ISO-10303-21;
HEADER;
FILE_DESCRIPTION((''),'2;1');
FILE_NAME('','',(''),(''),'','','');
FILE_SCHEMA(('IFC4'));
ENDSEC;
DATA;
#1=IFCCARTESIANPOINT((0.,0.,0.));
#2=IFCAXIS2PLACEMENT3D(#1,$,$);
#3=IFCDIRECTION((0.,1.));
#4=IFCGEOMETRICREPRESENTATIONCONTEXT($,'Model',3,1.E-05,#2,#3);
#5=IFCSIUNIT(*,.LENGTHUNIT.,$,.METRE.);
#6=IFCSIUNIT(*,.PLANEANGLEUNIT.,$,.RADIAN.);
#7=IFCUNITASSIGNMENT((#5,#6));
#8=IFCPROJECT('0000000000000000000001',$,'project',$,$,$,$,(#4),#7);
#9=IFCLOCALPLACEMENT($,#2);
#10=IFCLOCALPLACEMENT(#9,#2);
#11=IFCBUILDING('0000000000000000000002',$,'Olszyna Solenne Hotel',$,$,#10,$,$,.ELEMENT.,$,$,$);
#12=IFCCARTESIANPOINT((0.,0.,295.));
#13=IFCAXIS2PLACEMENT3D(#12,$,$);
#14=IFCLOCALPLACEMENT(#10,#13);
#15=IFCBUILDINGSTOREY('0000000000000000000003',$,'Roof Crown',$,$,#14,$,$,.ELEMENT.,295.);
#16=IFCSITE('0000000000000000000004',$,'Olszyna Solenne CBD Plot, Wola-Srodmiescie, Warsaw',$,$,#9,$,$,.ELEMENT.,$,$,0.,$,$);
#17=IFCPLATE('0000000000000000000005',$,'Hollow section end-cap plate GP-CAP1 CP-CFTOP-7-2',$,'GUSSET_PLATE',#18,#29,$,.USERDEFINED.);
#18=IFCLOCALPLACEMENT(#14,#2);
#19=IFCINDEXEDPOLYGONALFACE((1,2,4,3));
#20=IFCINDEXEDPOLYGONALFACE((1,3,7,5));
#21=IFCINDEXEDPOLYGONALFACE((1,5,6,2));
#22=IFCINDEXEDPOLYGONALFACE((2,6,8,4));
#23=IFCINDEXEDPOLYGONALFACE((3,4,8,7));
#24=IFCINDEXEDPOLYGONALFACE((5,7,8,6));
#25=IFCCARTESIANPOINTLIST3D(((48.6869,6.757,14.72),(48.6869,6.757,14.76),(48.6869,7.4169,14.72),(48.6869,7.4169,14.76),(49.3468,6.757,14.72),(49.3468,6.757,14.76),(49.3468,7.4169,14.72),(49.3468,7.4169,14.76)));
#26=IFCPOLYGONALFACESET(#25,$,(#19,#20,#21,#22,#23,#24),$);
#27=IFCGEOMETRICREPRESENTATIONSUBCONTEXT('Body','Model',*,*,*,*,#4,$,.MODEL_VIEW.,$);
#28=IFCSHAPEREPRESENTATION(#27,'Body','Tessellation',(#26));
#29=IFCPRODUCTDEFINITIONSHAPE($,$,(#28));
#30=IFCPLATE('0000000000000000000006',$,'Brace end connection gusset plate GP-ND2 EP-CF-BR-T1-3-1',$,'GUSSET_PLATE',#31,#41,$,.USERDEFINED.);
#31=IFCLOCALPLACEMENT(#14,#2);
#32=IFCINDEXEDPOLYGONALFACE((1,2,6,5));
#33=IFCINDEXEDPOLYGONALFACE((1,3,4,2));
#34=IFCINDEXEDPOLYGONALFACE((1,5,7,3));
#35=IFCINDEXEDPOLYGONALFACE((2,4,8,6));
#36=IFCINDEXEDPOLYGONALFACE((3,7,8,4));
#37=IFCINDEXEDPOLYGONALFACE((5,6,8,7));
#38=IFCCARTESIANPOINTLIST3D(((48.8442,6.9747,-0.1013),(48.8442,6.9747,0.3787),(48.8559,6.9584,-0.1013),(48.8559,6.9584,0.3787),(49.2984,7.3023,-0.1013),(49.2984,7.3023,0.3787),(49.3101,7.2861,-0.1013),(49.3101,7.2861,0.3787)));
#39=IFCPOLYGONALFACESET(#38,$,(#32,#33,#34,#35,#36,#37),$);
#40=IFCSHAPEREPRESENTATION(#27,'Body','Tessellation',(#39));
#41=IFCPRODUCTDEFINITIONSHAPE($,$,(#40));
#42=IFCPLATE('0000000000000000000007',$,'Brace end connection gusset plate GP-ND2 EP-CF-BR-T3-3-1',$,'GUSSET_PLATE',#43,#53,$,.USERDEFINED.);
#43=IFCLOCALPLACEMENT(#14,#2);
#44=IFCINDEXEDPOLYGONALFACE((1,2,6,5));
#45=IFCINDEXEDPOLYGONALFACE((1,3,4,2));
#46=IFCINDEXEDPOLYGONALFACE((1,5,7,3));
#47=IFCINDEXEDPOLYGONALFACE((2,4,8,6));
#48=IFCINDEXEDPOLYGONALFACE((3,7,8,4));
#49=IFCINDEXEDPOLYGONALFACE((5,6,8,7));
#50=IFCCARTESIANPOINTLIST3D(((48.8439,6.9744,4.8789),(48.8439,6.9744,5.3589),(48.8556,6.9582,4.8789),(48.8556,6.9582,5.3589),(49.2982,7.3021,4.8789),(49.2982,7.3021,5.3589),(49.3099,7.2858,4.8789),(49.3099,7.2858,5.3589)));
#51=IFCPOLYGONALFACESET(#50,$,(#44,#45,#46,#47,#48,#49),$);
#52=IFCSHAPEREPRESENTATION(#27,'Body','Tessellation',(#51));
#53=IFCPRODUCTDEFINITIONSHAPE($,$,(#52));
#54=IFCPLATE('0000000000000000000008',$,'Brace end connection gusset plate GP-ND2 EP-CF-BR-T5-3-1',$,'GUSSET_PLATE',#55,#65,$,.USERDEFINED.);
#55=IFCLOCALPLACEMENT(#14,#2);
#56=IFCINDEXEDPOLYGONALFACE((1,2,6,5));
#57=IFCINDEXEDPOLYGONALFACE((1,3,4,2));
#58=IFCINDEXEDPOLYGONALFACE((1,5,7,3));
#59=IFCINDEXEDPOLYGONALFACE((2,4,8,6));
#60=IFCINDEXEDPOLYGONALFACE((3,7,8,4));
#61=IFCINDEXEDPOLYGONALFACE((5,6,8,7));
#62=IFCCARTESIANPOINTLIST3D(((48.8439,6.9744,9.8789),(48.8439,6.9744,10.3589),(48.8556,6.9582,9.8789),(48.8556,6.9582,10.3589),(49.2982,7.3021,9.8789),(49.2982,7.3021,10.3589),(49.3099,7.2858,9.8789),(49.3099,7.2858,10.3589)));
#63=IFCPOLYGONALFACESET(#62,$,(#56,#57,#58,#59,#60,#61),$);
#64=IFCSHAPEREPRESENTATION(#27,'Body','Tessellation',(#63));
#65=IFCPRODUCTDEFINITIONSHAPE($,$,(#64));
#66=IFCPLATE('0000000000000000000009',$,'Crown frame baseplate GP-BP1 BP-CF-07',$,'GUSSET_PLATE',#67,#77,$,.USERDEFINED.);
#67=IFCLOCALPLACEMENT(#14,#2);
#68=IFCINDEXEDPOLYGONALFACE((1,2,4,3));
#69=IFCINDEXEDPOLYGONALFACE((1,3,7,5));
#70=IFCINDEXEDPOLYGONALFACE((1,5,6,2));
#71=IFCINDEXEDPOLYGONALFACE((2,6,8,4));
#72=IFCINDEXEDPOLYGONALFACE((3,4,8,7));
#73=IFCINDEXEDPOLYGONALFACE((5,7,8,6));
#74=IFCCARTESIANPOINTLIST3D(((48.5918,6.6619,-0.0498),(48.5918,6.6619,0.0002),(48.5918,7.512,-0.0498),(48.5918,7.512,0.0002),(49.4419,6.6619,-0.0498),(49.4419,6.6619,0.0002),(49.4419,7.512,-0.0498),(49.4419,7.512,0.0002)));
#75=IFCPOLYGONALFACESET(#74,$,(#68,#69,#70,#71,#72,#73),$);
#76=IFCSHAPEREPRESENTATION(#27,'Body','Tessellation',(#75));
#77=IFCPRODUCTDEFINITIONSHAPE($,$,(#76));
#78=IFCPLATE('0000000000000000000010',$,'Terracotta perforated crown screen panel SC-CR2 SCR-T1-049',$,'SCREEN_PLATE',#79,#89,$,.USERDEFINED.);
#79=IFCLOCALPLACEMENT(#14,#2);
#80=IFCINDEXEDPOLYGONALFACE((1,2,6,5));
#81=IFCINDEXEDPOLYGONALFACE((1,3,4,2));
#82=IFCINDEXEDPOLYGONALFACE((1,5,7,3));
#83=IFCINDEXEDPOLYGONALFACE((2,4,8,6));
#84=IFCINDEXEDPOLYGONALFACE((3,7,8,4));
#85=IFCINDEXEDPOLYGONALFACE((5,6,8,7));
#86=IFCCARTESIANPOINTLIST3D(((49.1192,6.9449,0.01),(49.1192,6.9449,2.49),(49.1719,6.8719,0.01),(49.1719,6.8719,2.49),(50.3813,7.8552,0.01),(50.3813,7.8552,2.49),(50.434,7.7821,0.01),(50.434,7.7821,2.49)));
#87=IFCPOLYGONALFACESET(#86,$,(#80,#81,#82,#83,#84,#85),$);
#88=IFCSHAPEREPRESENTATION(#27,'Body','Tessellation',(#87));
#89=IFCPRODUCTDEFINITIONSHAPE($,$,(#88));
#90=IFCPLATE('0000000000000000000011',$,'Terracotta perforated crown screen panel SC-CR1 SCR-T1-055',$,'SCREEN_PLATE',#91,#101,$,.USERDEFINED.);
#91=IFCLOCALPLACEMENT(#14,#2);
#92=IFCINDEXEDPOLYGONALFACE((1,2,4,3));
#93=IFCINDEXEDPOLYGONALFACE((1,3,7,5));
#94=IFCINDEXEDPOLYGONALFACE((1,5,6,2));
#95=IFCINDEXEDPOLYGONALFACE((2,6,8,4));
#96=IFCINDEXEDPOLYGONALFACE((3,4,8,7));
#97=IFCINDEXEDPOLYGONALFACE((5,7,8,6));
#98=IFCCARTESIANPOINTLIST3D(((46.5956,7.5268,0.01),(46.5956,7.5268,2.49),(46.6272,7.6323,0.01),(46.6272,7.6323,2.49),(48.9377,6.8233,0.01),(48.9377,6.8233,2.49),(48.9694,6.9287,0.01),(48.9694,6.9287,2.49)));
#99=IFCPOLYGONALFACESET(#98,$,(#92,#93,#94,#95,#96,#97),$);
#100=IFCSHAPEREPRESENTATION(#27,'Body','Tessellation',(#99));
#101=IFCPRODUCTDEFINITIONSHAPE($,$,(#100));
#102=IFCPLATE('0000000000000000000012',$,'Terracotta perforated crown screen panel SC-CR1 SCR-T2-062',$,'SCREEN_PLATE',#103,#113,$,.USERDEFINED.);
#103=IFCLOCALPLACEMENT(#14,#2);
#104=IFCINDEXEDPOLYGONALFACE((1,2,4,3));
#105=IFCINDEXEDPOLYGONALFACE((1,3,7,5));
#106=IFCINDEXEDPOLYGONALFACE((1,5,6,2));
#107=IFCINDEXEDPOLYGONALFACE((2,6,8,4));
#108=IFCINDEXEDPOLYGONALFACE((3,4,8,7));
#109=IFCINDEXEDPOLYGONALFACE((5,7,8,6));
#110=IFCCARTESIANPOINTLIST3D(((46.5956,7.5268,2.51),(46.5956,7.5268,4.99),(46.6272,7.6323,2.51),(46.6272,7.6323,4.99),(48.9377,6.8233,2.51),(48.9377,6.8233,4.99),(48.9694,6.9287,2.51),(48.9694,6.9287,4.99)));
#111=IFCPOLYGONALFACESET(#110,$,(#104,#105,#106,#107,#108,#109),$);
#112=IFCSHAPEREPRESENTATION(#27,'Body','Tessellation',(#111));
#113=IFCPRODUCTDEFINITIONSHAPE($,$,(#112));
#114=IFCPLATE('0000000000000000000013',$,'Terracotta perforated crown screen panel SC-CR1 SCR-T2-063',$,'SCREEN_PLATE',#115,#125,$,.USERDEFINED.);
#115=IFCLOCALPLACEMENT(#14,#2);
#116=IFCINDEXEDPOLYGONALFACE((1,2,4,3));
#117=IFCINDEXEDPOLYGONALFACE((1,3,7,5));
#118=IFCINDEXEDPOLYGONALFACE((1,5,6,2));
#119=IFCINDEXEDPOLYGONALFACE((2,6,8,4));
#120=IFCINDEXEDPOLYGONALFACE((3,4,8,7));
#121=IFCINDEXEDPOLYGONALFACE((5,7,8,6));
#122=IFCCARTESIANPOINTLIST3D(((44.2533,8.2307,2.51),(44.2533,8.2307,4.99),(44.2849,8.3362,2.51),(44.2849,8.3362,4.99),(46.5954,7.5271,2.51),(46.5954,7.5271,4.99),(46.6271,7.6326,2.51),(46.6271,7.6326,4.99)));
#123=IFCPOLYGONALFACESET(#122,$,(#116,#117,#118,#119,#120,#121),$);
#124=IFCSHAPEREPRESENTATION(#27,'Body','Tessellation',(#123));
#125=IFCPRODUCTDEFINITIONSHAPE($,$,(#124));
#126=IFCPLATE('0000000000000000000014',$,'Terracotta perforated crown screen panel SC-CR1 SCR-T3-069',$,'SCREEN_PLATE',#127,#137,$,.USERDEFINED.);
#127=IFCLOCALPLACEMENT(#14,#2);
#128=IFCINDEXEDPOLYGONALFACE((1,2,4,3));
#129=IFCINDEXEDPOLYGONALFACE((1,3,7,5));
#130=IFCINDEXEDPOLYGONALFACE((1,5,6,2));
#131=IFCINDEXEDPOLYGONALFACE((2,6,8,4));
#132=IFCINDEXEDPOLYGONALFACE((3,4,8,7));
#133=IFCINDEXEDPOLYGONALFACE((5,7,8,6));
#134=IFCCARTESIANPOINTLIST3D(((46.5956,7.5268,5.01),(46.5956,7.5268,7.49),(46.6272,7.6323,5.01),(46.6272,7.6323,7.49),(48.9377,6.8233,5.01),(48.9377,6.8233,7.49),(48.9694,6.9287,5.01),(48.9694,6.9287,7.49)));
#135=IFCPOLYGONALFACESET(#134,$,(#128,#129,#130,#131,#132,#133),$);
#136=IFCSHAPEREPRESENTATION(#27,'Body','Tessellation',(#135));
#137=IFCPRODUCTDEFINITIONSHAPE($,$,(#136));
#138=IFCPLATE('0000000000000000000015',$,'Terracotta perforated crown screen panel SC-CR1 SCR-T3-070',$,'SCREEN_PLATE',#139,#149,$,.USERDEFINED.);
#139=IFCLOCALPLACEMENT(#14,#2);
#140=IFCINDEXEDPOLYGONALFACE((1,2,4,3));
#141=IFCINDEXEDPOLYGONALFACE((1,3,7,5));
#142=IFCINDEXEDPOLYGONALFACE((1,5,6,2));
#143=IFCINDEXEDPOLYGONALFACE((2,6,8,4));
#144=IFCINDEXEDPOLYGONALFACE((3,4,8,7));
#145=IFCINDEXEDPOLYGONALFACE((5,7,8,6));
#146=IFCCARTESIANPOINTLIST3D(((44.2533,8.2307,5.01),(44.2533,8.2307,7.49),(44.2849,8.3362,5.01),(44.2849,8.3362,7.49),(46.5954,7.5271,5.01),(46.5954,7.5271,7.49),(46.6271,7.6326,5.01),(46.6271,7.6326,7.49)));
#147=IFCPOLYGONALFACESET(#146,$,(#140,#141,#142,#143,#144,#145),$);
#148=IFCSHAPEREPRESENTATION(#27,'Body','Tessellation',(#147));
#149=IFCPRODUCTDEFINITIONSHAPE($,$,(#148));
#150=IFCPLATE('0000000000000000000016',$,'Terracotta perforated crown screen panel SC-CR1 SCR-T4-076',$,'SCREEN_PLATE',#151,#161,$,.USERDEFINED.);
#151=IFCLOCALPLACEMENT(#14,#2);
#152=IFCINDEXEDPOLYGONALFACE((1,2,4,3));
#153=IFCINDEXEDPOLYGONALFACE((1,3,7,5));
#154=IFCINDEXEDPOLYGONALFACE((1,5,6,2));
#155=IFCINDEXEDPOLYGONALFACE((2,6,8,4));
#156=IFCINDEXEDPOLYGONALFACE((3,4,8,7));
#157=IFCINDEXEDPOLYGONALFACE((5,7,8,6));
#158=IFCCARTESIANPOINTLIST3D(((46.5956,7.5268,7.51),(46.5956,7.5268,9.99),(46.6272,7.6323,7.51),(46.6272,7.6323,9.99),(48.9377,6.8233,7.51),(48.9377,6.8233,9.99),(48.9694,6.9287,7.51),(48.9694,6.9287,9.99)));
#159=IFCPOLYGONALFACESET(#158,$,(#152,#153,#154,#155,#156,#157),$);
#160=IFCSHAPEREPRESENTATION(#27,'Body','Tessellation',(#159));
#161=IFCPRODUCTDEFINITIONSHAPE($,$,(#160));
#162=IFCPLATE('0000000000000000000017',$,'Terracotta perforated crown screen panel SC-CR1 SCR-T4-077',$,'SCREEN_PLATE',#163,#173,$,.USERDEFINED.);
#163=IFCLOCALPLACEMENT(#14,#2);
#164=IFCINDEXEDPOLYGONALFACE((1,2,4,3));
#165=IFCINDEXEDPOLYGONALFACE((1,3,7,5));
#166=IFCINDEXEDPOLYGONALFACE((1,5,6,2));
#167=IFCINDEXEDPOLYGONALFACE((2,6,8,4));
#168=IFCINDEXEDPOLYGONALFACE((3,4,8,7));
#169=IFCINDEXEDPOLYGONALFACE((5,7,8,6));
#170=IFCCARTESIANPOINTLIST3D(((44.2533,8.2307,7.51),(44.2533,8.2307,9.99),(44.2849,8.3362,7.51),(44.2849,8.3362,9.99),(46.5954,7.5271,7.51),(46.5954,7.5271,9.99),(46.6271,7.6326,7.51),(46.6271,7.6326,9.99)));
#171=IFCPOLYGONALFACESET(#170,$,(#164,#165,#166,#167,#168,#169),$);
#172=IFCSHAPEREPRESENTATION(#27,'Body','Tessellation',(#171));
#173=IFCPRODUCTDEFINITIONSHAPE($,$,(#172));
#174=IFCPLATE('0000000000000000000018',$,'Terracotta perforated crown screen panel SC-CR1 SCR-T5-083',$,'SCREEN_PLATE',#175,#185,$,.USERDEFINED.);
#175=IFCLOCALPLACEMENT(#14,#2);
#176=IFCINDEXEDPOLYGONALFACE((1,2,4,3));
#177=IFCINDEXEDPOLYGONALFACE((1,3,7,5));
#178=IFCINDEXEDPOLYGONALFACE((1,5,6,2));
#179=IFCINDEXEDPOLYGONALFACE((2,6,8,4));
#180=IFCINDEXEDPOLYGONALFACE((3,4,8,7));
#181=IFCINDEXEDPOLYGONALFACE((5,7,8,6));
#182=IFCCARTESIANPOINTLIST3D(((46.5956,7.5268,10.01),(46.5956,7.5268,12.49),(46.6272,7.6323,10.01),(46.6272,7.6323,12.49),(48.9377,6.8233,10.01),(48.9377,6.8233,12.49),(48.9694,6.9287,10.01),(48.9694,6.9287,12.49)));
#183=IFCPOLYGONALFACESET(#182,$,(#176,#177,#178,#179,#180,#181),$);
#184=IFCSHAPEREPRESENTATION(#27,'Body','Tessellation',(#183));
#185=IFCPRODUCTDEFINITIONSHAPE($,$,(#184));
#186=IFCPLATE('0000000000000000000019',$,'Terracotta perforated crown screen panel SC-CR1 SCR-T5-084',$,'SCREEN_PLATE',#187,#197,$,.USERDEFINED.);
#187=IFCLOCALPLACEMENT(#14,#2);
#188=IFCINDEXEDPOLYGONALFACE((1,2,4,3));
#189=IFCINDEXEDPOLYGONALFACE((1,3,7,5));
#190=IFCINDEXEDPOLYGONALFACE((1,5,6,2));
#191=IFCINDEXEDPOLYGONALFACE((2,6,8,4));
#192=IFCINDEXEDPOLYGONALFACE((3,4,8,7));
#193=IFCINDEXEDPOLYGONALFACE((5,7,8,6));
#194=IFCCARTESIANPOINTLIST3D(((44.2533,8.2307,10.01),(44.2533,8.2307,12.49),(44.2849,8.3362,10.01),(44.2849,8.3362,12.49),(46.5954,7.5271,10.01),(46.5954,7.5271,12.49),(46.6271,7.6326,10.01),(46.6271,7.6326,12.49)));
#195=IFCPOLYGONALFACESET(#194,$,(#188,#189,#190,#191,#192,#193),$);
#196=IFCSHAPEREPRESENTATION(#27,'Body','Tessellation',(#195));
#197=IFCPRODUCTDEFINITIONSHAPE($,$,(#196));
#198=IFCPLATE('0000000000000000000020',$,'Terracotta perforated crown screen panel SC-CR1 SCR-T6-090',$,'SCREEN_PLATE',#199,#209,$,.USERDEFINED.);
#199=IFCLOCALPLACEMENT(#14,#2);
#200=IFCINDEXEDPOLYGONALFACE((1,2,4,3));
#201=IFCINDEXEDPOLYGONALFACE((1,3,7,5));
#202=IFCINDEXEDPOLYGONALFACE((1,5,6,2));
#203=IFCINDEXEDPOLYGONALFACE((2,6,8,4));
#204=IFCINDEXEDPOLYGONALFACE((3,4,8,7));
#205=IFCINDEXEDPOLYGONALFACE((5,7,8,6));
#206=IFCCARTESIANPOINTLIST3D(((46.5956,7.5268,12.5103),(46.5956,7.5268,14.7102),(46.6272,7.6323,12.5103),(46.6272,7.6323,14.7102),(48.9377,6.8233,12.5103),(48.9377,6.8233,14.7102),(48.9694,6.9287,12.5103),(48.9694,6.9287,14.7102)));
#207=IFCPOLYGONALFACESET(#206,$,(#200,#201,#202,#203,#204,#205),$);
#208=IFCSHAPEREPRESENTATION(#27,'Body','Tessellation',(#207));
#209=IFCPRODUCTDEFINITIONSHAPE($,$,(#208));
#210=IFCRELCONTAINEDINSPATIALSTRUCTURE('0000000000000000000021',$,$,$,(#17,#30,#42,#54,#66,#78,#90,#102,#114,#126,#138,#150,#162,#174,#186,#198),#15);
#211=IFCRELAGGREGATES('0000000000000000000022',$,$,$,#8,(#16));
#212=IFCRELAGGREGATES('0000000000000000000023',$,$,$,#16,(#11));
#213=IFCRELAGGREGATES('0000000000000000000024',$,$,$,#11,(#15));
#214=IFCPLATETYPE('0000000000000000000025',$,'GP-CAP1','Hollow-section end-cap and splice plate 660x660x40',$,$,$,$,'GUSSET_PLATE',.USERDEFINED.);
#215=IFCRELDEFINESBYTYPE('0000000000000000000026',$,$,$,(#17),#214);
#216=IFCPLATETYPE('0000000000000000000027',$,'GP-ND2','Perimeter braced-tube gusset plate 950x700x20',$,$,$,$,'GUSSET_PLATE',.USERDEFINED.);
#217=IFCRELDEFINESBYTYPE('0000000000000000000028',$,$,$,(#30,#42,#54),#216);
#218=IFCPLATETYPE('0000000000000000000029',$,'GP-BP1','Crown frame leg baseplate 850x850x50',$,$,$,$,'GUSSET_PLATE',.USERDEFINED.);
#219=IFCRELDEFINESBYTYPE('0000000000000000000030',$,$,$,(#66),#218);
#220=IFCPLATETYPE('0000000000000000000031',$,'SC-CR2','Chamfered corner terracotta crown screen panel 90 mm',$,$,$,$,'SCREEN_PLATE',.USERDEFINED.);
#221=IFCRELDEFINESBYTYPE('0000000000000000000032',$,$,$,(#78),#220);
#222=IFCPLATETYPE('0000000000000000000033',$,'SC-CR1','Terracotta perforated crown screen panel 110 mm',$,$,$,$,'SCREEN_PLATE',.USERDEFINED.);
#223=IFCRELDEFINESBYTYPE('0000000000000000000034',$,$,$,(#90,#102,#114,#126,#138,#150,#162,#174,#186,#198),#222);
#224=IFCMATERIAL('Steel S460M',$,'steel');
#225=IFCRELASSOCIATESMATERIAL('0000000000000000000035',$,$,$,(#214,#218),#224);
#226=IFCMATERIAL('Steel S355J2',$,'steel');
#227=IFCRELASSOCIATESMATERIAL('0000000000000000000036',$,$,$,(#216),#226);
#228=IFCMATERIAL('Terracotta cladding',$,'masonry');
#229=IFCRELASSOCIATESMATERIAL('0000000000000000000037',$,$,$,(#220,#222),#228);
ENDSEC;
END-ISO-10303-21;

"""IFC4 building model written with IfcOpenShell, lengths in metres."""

from ifc_helpers import new_model, si_unit, direction, frame, origin, origin_2d, place, context, subcontext, project, spatial, rectangle, extrude, source, transform, mapped, material, type_object, element, save


model = new_model("IFC4")

# Units and contexts
model_context = context("Model", 3, precision=1e-05, world=origin(), true_north=direction((0.0, 1.0)))
body_context = subcontext(model_context, "Body", "Model", "MODEL_VIEW")
ifc_project = project(units=[si_unit("LENGTHUNIT", "METRE"), si_unit("PLANEANGLEUNIT", "RADIAN")], contexts=[model_context])

# Site, building, storey
site_placement = place(None, origin())
site = spatial("IfcSite", under=ifc_project, at=site_placement, Name="Olszyna Solenne CBD Plot, Wola-Srodmiescie, Warsaw", CompositionType="ELEMENT", RefElevation=0.0)
building_placement = place(site_placement, origin())
building = spatial("IfcBuilding", under=site, at=building_placement, Name="Olszyna Solenne Hotel", CompositionType="ELEMENT")
storey_placement = place(building_placement, frame((0.0, 0.0, 295.0)))
storey = spatial("IfcBuildingStorey", under=building, at=storey_placement, Name="Roof Crown", CompositionType="ELEMENT", Elevation=295.0)

# Shared definitions
ifc_material_1 = material(Name="Steel S460M", Category="steel")

# Shared definitions
ifc_material_2 = material(Name="Steel S355J2", Category="steel")

# Plates
plate_type_1 = type_object("IfcPlateType", Name="GP-CAP1", Description="Hollow-section end-cap and splice plate 660x660x40", ElementType="GUSSET_PLATE", PredefinedType="USERDEFINED", material=ifc_material_1)
shared_shape_1 = source(origin(), body_context, "Body", "SweptSolid", [
    extrude(rectangle(XDim=0.6599, YDim=0.6599, at=origin_2d()), origin(), (0.0, 0.0, 1.0), 0.04),
])
plate_1_placement = place(storey_placement, frame((49.0168, 7.0869, 14.72), z_axis=(0.0, 0.0, 1.0), x_axis=(1.0, 0.0, 0.0)))
element("IfcPlate", 1, at=plate_1_placement, inside=storey, type_object=plate_type_1, Name="Hollow section end-cap plate GP-CAP1 CP-CFTOP-7-2", ObjectType="GUSSET_PLATE", PredefinedType="USERDEFINED", context=body_context, shape_type="MappedRepresentation", body=[
    mapped(shared_shape_1, transform((0.0, 0.0, 0.0), x_axis=(1.0, 0.0, 0.0), y_axis=(0.0, 1.0, 0.0), z_axis=(0.0, 0.0, 1.0), scale=1.0)),
])
plate_type_2 = type_object("IfcPlateType", Name="GP-ND2", Description="Perimeter braced-tube gusset plate 950x700x20", ElementType="GUSSET_PLATE", PredefinedType="USERDEFINED", material=ifc_material_2)
shared_shape_2 = source(origin(), body_context, "Body", "SweptSolid", [
    extrude(rectangle(XDim=0.5601, YDim=0.02, at=origin_2d()), origin(), (0.0, 0.0, 1.0), 0.48),
])
for number, where, z_axis, x_axis, name in (
    (2, (49.0771, 7.1304, -0.1013), (0.0, 0.0, 1.0), (0.811064, 0.584958, 0.0), "Brace end connection gusset plate GP-ND2 EP-CF-BR-T1-3-1"),
    (3, (49.0769, 7.1301, 4.8789), (0.0, 0.0, 1.0), (0.811064, 0.584958, 0.0), "Brace end connection gusset plate GP-ND2 EP-CF-BR-T3-3-1"),
    (4, (49.0769, 7.1301, 9.8789), (0.0, 0.0, 1.0), (0.811064, 0.584958, 0.0), "Brace end connection gusset plate GP-ND2 EP-CF-BR-T5-3-1"),
):
    element("IfcPlate", number, at=place(storey_placement, frame(where, z_axis=z_axis, x_axis=x_axis)), inside=storey, type_object=plate_type_2, Name=name, ObjectType="GUSSET_PLATE", PredefinedType="USERDEFINED", context=body_context, shape_type="MappedRepresentation", body=[
        mapped(shared_shape_2, transform((0.0, 0.0, 0.0), x_axis=(1.0, 0.0, 0.0), y_axis=(0.0, 1.0, 0.0), z_axis=(0.0, 0.0, 1.0), scale=1.0)),
    ])
plate_type_3 = type_object("IfcPlateType", Name="GP-BP1", Description="Crown frame leg baseplate 850x850x50", ElementType="GUSSET_PLATE", PredefinedType="USERDEFINED", material=ifc_material_1)
shared_shape_3 = source(origin(), body_context, "Body", "SweptSolid", [
    extrude(rectangle(XDim=0.8501, YDim=0.8501, at=origin_2d()), origin(), (0.0, 0.0, 1.0), 0.05),
])
plate_2_placement = place(storey_placement, frame((49.0168, 7.0869, -0.0498), z_axis=(0.0, 0.0, 1.0), x_axis=(1.0, 0.0, 0.0)))
element("IfcPlate", 5, at=plate_2_placement, inside=storey, type_object=plate_type_3, Name="Crown frame baseplate GP-BP1 BP-CF-07", ObjectType="GUSSET_PLATE", PredefinedType="USERDEFINED", context=body_context, shape_type="MappedRepresentation", body=[
    mapped(shared_shape_3, transform((0.0, 0.0, 0.0), x_axis=(1.0, 0.0, 0.0), y_axis=(0.0, 1.0, 0.0), z_axis=(0.0, 0.0, 1.0), scale=1.0)),
])
ifc_material_3 = material(Name="Terracotta cladding", Category="masonry")
plate_type_4 = type_object("IfcPlateType", Name="SC-CR2", Description="Chamfered corner terracotta crown screen panel 90 mm", ElementType="SCREEN_PLATE", PredefinedType="USERDEFINED", material=ifc_material_3)
shared_shape_4 = source(origin(), body_context, "Body", "SweptSolid", [
    extrude(rectangle(XDim=1.5562, YDim=0.0901, at=origin_2d()), origin(), (0.0, 0.0, 1.0), 2.48),
])
plate_3_placement = place(storey_placement, frame((49.7766, 7.3635, 0.01), z_axis=(0.0, 0.0, 1.0), x_axis=(-0.811064, -0.584958, 0.0)))
element("IfcPlate", 6, at=plate_3_placement, inside=storey, type_object=plate_type_4, Name="Terracotta perforated crown screen panel SC-CR2 SCR-T1-049", ObjectType="SCREEN_PLATE", PredefinedType="USERDEFINED", context=body_context, shape_type="MappedRepresentation", body=[
    mapped(shared_shape_4, transform((0.0, 0.0, 0.0), x_axis=(1.0, 0.0, 0.0), y_axis=(0.0, 1.0, 0.0), z_axis=(0.0, 0.0, 1.0), scale=1.0)),
])
plate_type_5 = type_object("IfcPlateType", Name="SC-CR1", Description="Terracotta perforated crown screen panel 110 mm", ElementType="SCREEN_PLATE", PredefinedType="USERDEFINED", material=ifc_material_3)
shared_shape_5 = source(origin(), body_context, "Body", "SweptSolid", [
    extrude(rectangle(XDim=2.4456, YDim=0.1101, at=origin_2d()), origin(), (0.0, 0.0, 1.0), 2.48),
])
for number, where, z_axis, x_axis, name in (
    (7, (47.7825, 7.2278, 0.01), (0.0, 0.0, 1.0), (-0.957722, 0.287695, 0.0), "Terracotta perforated crown screen panel SC-CR1 SCR-T1-055"),
    (8, (47.7825, 7.2278, 2.51), (0.0, 0.0, 1.0), (-0.957722, 0.287695, 0.0), "Terracotta perforated crown screen panel SC-CR1 SCR-T2-062"),
    (9, (45.4402, 7.9316, 2.51), (0.0, 0.0, 1.0), (-0.957722, 0.287695, 0.0), "Terracotta perforated crown screen panel SC-CR1 SCR-T2-063"),
    (10, (47.7825, 7.2278, 5.01), (0.0, 0.0, 1.0), (-0.957722, 0.287695, 0.0), "Terracotta perforated crown screen panel SC-CR1 SCR-T3-069"),
    (11, (45.4402, 7.9316, 5.01), (0.0, 0.0, 1.0), (-0.957722, 0.287695, 0.0), "Terracotta perforated crown screen panel SC-CR1 SCR-T3-070"),
    (12, (47.7825, 7.2278, 7.51), (0.0, 0.0, 1.0), (-0.957722, 0.287695, 0.0), "Terracotta perforated crown screen panel SC-CR1 SCR-T4-076"),
    (13, (45.4402, 7.9316, 7.51), (0.0, 0.0, 1.0), (-0.957722, 0.287695, 0.0), "Terracotta perforated crown screen panel SC-CR1 SCR-T4-077"),
    (14, (47.7825, 7.2278, 10.01), (0.0, 0.0, 1.0), (-0.957722, 0.287695, 0.0), "Terracotta perforated crown screen panel SC-CR1 SCR-T5-083"),
    (15, (45.4402, 7.9316, 10.01), (0.0, 0.0, 1.0), (-0.957722, 0.287695, 0.0), "Terracotta perforated crown screen panel SC-CR1 SCR-T5-084"),
):
    element("IfcPlate", number, at=place(storey_placement, frame(where, z_axis=z_axis, x_axis=x_axis)), inside=storey, type_object=plate_type_5, Name=name, ObjectType="SCREEN_PLATE", PredefinedType="USERDEFINED", context=body_context, shape_type="MappedRepresentation", body=[
        mapped(shared_shape_5, transform((0.0, 0.0, 0.0), x_axis=(1.0, 0.0, 0.0), y_axis=(0.0, 1.0, 0.0), z_axis=(0.0, 0.0, 1.0), scale=1.0)),
    ])
shared_shape_6 = source(origin(), body_context, "Body", "SweptSolid", [
    extrude(rectangle(XDim=2.4456, YDim=0.1101, at=origin_2d()), origin(), (0.0, 0.0, 1.0), 2.2),
])
for number, where, z_axis, x_axis, name in (
    (16, (47.7825, 7.2278, 12.5103), (0.0, 0.0, 1.0), (-0.957722, 0.287695, 0.0), "Terracotta perforated crown screen panel SC-CR1 SCR-T6-090"),
):
    element("IfcPlate", number, at=place(storey_placement, frame(where, z_axis=z_axis, x_axis=x_axis)), inside=storey, type_object=plate_type_5, Name=name, ObjectType="SCREEN_PLATE", PredefinedType="USERDEFINED", context=body_context, shape_type="MappedRepresentation", body=[
        mapped(shared_shape_6, transform((0.0, 0.0, 0.0), x_axis=(1.0, 0.0, 0.0), y_axis=(0.0, 1.0, 0.0), z_axis=(0.0, 0.0, 1.0), scale=1.0)),
    ])

save(model, "model.ifc")
